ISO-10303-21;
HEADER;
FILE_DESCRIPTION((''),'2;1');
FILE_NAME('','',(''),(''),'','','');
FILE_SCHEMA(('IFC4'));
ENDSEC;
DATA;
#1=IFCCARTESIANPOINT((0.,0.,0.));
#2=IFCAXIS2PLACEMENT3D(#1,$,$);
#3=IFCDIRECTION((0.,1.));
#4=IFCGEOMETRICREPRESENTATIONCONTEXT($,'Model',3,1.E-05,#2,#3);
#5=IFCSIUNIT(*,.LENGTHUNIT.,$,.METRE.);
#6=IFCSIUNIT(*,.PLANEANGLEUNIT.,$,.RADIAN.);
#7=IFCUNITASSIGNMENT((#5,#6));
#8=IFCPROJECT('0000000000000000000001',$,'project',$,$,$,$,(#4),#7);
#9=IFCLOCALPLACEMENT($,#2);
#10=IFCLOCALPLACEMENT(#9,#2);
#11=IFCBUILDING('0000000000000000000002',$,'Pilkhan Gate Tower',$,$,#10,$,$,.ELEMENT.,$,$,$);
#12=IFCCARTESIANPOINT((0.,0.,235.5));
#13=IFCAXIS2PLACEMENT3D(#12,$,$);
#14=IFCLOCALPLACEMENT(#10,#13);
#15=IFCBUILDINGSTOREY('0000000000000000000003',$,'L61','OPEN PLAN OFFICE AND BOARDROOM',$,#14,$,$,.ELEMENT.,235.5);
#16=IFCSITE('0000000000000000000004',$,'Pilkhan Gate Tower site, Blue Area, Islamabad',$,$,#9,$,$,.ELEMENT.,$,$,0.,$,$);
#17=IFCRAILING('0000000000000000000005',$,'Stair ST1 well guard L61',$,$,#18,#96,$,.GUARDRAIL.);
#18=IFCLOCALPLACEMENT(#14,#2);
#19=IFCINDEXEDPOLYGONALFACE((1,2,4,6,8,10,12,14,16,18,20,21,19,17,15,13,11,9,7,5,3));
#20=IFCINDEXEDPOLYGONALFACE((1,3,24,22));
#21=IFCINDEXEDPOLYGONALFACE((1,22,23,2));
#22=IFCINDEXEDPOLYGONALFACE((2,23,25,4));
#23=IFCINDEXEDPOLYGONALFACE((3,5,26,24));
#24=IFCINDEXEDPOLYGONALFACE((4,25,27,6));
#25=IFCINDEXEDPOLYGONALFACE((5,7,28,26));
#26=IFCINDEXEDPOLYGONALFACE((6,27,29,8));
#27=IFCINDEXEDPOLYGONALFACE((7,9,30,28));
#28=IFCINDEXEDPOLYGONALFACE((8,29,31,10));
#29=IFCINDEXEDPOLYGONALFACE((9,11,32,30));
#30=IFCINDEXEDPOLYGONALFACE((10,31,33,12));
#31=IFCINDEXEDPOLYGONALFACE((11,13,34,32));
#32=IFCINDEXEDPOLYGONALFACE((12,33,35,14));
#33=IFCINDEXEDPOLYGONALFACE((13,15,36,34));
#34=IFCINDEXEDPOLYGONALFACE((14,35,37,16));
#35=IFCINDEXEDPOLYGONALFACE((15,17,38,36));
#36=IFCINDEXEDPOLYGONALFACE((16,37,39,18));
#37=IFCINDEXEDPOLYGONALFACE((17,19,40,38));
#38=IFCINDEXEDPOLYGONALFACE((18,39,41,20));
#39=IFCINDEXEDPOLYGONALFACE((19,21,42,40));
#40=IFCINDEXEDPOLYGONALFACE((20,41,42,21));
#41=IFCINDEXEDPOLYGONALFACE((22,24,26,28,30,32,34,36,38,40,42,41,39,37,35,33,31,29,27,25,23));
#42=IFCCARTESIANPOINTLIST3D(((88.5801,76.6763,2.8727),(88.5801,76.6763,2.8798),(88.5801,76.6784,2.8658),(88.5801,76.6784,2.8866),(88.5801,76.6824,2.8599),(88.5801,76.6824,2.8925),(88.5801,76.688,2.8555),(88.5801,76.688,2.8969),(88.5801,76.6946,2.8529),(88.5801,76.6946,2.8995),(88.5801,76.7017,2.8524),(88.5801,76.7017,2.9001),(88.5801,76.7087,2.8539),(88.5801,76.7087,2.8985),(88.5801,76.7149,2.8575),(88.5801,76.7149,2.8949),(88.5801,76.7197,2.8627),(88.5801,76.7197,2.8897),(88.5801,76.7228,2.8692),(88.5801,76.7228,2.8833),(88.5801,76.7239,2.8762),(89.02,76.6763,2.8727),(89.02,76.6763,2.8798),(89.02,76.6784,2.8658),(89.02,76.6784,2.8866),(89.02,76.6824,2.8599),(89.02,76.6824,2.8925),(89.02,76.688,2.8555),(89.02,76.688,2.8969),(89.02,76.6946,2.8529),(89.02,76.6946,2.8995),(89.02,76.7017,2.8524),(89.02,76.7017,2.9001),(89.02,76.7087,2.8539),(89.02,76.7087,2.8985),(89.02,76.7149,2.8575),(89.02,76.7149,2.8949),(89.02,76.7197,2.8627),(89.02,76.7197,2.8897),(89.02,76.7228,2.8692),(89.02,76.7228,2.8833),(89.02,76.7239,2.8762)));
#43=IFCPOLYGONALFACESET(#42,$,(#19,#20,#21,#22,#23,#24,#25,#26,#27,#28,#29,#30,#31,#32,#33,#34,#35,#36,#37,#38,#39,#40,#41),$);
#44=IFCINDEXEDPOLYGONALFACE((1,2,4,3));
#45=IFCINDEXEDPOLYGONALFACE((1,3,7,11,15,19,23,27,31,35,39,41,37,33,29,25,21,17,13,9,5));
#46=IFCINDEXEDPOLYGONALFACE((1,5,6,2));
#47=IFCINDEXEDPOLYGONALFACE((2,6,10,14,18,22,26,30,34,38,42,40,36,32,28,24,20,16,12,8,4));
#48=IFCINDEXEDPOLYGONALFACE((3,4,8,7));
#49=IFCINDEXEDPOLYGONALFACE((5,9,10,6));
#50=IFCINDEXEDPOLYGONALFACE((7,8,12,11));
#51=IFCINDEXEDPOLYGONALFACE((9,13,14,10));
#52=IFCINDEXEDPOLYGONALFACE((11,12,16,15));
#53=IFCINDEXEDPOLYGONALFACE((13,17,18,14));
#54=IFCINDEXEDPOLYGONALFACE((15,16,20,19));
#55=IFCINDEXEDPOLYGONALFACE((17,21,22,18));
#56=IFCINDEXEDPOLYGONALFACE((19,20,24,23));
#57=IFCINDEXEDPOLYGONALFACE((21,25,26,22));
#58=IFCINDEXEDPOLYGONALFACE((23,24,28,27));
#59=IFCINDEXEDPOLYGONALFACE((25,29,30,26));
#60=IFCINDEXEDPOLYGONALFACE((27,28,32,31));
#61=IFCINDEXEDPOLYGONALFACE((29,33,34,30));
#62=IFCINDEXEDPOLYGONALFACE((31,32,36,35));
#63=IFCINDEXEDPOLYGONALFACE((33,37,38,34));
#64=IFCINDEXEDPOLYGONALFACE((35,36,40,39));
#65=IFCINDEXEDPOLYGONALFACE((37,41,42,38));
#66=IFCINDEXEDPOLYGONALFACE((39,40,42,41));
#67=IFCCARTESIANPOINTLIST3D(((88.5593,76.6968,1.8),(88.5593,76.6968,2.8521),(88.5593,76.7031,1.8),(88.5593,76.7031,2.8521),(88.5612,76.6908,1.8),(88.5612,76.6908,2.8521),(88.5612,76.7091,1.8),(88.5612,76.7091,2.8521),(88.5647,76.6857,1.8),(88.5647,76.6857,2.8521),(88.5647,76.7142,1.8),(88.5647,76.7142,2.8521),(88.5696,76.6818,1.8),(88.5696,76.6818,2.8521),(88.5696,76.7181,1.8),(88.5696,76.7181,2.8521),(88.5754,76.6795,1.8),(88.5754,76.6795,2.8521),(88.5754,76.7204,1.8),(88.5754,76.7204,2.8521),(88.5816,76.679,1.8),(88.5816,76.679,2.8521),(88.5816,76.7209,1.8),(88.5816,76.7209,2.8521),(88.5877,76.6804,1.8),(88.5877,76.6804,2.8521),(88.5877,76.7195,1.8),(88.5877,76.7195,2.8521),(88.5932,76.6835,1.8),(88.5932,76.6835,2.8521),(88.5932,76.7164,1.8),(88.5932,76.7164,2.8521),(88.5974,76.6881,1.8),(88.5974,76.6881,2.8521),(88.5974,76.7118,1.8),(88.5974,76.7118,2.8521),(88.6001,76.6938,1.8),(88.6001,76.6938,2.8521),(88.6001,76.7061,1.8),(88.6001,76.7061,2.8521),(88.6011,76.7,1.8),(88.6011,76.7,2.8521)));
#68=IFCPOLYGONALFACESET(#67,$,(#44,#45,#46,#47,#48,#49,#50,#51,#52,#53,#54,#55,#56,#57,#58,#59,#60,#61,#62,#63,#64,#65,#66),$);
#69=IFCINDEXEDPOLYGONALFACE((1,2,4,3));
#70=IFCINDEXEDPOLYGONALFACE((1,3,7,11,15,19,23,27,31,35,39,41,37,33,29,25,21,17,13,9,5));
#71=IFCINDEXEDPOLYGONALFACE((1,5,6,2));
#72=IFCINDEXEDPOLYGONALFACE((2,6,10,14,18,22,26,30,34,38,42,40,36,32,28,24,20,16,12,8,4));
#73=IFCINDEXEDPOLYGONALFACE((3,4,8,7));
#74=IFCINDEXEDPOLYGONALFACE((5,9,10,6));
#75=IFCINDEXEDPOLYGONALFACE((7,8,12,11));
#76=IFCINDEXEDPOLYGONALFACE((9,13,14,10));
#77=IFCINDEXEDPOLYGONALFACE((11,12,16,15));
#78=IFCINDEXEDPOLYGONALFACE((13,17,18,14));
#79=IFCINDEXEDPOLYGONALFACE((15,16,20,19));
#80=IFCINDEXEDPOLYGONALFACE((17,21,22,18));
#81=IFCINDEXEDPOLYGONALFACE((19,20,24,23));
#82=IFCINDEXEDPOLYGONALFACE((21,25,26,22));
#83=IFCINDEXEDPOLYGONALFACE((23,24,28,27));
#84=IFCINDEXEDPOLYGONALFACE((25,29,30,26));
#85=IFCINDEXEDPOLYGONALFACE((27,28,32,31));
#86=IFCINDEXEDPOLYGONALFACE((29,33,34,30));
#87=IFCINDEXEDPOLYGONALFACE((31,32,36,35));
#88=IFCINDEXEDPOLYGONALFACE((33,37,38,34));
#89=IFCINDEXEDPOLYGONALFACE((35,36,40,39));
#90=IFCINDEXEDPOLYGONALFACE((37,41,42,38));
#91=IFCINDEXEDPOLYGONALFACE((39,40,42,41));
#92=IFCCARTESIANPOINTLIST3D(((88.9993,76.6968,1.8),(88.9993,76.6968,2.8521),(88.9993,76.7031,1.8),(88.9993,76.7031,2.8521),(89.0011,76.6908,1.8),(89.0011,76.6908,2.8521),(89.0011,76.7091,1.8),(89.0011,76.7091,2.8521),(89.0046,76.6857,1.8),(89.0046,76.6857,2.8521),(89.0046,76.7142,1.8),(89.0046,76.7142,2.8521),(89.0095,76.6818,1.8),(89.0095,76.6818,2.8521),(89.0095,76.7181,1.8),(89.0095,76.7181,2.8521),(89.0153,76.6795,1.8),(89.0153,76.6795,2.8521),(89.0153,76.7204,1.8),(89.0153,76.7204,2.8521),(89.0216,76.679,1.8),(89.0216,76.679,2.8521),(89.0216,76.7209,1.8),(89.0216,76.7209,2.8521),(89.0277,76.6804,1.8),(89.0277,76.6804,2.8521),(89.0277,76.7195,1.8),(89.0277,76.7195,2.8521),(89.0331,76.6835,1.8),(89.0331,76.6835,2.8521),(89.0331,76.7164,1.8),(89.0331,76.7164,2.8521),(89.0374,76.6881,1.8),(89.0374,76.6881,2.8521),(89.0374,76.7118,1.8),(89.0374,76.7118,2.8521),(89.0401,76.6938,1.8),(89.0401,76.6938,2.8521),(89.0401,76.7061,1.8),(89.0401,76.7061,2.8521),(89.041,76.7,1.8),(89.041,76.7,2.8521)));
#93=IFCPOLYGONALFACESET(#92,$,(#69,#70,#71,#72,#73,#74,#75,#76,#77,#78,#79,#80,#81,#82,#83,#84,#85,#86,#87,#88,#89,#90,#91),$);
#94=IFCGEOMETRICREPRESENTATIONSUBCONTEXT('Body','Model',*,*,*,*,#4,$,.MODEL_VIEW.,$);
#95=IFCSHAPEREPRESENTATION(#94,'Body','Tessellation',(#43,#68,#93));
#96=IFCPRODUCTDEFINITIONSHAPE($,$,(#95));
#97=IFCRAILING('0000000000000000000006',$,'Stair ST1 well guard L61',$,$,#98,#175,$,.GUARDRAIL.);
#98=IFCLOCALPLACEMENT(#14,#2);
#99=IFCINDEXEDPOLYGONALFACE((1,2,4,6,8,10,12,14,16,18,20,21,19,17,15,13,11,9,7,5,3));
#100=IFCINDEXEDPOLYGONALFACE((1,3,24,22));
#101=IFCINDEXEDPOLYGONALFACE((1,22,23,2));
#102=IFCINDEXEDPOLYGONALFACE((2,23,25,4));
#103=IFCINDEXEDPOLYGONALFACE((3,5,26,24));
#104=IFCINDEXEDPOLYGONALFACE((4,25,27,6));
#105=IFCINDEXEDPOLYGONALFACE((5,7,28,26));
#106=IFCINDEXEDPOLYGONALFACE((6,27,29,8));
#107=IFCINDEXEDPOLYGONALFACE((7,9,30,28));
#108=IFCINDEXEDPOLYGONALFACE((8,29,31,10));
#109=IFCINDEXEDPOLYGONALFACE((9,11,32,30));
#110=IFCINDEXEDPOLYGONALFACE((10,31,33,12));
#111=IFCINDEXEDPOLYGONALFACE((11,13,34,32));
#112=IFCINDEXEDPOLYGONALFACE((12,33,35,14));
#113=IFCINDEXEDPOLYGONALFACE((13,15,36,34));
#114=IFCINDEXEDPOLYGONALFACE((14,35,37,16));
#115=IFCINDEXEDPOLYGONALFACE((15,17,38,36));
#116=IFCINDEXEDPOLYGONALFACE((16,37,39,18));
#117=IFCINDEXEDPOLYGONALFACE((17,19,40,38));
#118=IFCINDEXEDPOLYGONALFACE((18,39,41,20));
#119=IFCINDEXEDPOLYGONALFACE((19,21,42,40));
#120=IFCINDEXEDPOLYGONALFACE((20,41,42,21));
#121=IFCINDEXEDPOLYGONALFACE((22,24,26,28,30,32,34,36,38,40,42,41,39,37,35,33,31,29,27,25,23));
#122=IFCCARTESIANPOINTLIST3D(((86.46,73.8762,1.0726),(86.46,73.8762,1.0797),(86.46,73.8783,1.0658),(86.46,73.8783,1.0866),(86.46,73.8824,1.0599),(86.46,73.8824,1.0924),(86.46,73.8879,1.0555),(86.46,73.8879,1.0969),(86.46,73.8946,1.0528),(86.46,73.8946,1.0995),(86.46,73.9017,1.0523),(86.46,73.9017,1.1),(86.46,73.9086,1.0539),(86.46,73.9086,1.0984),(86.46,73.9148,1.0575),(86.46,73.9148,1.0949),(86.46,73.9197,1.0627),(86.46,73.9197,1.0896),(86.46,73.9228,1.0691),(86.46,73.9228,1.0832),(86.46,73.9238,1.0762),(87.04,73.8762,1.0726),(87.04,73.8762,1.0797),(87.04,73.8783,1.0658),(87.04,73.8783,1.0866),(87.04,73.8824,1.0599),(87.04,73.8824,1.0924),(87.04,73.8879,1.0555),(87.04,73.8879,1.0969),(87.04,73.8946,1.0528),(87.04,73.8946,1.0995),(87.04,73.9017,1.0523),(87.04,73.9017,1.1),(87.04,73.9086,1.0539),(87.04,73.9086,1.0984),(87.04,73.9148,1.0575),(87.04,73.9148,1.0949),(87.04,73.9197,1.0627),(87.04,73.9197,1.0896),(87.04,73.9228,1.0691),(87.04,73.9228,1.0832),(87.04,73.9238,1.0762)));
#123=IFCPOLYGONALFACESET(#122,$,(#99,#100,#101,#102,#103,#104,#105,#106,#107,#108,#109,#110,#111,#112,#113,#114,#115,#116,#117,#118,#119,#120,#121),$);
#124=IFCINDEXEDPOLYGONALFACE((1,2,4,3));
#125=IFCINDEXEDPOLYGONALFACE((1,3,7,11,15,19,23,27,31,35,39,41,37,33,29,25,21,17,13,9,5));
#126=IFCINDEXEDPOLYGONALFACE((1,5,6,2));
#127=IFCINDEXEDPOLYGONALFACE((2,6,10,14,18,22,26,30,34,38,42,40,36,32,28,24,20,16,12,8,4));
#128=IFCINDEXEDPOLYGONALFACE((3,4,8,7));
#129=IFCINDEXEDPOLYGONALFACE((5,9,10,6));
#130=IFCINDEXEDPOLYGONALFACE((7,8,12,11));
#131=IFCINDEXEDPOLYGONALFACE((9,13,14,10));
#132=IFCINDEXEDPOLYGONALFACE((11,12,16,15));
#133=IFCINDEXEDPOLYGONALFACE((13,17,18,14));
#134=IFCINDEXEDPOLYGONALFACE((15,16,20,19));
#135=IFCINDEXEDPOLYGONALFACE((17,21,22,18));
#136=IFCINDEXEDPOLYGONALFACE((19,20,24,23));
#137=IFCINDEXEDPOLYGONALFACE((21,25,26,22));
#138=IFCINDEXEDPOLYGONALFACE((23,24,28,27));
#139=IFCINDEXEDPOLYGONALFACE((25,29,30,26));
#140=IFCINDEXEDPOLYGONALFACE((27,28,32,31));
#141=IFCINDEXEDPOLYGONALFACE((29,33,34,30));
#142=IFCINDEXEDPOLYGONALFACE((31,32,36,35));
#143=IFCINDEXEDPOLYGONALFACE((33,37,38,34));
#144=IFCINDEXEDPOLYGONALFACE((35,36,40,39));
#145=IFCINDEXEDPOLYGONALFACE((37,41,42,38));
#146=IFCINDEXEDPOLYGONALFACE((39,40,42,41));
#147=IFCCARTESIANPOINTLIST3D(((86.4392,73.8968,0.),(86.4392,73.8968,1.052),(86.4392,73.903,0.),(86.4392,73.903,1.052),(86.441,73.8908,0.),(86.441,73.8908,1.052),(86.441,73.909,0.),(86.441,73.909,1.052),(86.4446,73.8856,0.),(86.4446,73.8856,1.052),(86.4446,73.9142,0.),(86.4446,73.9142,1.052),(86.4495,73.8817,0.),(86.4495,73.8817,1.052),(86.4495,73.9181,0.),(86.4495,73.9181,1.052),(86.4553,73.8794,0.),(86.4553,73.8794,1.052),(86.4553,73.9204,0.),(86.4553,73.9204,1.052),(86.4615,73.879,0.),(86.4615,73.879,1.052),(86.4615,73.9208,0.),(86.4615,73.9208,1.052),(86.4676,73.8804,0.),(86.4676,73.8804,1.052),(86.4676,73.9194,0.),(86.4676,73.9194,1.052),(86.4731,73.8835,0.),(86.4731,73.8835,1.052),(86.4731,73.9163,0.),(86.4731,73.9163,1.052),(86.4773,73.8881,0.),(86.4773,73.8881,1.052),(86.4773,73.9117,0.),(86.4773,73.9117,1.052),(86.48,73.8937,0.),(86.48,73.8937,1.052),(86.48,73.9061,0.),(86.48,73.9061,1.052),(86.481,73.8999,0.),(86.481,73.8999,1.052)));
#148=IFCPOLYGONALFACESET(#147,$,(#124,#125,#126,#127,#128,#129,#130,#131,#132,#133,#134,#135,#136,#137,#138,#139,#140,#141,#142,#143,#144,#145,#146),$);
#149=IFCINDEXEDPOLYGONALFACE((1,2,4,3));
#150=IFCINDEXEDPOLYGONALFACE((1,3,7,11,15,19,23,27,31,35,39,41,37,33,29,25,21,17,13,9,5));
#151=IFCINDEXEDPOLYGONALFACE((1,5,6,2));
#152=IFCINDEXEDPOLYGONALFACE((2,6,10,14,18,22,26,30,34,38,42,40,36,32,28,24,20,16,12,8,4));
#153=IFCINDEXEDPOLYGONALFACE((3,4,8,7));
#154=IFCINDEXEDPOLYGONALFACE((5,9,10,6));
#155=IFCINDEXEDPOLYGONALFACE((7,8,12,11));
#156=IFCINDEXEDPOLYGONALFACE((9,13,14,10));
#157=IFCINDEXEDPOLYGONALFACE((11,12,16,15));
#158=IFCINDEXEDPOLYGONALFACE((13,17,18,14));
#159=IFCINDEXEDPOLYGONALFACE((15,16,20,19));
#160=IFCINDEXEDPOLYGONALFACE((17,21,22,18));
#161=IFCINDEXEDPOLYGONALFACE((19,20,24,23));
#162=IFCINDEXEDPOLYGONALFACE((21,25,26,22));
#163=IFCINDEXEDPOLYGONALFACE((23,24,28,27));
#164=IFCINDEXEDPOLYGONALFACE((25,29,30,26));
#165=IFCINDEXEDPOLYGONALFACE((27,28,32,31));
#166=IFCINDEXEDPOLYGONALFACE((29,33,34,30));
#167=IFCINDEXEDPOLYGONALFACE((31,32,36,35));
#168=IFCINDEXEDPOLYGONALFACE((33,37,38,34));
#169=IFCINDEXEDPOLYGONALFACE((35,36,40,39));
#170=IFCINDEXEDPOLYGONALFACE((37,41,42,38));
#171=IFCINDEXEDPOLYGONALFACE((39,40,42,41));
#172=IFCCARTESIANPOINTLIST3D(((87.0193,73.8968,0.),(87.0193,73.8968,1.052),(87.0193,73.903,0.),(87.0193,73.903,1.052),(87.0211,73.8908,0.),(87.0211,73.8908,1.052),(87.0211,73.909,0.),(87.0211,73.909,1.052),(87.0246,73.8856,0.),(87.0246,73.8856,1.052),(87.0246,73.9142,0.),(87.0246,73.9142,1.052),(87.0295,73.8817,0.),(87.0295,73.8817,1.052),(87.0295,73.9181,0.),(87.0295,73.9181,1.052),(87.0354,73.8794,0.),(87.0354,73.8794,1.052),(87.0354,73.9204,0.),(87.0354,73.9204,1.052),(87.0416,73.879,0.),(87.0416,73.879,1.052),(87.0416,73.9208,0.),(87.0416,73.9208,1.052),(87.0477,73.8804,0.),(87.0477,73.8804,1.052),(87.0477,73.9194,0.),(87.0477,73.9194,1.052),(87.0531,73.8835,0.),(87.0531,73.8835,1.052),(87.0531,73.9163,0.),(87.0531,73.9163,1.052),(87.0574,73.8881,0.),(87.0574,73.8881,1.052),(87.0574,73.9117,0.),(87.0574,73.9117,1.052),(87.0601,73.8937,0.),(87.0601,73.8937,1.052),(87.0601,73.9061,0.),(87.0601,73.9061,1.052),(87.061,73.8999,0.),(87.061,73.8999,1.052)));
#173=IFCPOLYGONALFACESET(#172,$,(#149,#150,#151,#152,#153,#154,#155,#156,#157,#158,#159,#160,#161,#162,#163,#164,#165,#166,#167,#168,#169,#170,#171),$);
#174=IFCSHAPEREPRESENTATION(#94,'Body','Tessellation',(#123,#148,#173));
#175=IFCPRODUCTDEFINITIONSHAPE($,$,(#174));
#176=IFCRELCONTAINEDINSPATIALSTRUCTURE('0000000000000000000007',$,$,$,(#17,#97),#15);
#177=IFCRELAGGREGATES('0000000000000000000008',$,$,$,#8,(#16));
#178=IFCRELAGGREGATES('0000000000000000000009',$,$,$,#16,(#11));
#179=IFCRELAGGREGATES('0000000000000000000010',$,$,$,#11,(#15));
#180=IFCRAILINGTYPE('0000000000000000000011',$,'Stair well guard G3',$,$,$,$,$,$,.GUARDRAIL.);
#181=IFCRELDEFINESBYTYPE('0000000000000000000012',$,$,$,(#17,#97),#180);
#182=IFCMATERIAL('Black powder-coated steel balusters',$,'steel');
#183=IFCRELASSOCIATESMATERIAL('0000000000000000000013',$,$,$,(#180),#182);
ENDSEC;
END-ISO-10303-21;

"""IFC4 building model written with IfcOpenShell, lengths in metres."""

from ifc_helpers import new_model, si_unit, direction, frame, origin, origin_2d, place, context, subcontext, project, spatial, circle, extrude, material, type_object, element, save


model = new_model("IFC4")

# Units and contexts
model_context = context("Model", 3, precision=1e-05, world=origin(), true_north=direction((0.0, 1.0)))
body_context = subcontext(model_context, "Body", "Model", "MODEL_VIEW")
ifc_project = project(units=[si_unit("LENGTHUNIT", "METRE"), si_unit("PLANEANGLEUNIT", "RADIAN")], contexts=[model_context])

# Site, building, storey
site_placement = place(None, origin())
site = spatial("IfcSite", under=ifc_project, at=site_placement, Name="Pilkhan Gate Tower site, Blue Area, Islamabad", CompositionType="ELEMENT", RefElevation=0.0)
building_placement = place(site_placement, origin())
building = spatial("IfcBuilding", under=site, at=building_placement, Name="Pilkhan Gate Tower", CompositionType="ELEMENT")
storey_placement = place(building_placement, frame((0.0, 0.0, 235.5)))
storey = spatial("IfcBuildingStorey", under=building, at=storey_placement, Name="L61", Description="OPEN PLAN OFFICE AND BOARDROOM", CompositionType="ELEMENT", Elevation=235.5)

# Railings
ifc_material_1 = material(Name="Black powder-coated steel balusters", Category="steel")
railing_type_1 = type_object("IfcRailingType", Name="Stair well guard G3", PredefinedType="GUARDRAIL", material=ifc_material_1)
railing_1_placement = place(storey_placement, frame((88.5801, 76.7, 1.8)))
element("IfcRailing", 1, at=railing_1_placement, inside=storey, type_object=railing_type_1, Name="Stair ST1 well guard L61", PredefinedType="GUARDRAIL", context=body_context, shape_type="SweptSolid", body=[
    extrude(circle(Radius=0.0239, at=origin_2d()), frame((0.0, 0.0, 1.0762), z_axis=(1.0, 0.0, 0.0), x_axis=(0.0, 1.0, 0.0)), (0.0, 0.0, 1.0), 0.4399),
    extrude(circle(Radius=0.021, at=origin_2d()), origin(), (0.0, 0.0, 1.0), 1.052),
    extrude(circle(Radius=0.021, at=origin_2d()), frame((0.4399, 0.0, 0.0)), (0.0, 0.0, 1.0), 1.052),
])
for number, where, name in (
    (2, (86.46, 73.8999, 0.0), "Stair ST1 well guard L61"),
):
    element("IfcRailing", number, at=place(storey_placement, frame(where)), inside=storey, type_object=railing_type_1, Name=name, PredefinedType="GUARDRAIL", context=body_context, shape_type="SweptSolid", body=[
        extrude(circle(Radius=0.0239, at=origin_2d()), frame((0.0, 0.0, 1.0762), z_axis=(1.0, 0.0, 0.0), x_axis=(0.0, 1.0, 0.0)), (0.0, 0.0, 1.0), 0.5801),
        extrude(circle(Radius=0.021, at=origin_2d()), origin(), (0.0, 0.0, 1.0), 1.052),
        extrude(circle(Radius=0.021, at=origin_2d()), frame((0.5801, 0.0, 0.0)), (0.0, 0.0, 1.0), 1.052),
    ])

save(model, "model.ifc")
